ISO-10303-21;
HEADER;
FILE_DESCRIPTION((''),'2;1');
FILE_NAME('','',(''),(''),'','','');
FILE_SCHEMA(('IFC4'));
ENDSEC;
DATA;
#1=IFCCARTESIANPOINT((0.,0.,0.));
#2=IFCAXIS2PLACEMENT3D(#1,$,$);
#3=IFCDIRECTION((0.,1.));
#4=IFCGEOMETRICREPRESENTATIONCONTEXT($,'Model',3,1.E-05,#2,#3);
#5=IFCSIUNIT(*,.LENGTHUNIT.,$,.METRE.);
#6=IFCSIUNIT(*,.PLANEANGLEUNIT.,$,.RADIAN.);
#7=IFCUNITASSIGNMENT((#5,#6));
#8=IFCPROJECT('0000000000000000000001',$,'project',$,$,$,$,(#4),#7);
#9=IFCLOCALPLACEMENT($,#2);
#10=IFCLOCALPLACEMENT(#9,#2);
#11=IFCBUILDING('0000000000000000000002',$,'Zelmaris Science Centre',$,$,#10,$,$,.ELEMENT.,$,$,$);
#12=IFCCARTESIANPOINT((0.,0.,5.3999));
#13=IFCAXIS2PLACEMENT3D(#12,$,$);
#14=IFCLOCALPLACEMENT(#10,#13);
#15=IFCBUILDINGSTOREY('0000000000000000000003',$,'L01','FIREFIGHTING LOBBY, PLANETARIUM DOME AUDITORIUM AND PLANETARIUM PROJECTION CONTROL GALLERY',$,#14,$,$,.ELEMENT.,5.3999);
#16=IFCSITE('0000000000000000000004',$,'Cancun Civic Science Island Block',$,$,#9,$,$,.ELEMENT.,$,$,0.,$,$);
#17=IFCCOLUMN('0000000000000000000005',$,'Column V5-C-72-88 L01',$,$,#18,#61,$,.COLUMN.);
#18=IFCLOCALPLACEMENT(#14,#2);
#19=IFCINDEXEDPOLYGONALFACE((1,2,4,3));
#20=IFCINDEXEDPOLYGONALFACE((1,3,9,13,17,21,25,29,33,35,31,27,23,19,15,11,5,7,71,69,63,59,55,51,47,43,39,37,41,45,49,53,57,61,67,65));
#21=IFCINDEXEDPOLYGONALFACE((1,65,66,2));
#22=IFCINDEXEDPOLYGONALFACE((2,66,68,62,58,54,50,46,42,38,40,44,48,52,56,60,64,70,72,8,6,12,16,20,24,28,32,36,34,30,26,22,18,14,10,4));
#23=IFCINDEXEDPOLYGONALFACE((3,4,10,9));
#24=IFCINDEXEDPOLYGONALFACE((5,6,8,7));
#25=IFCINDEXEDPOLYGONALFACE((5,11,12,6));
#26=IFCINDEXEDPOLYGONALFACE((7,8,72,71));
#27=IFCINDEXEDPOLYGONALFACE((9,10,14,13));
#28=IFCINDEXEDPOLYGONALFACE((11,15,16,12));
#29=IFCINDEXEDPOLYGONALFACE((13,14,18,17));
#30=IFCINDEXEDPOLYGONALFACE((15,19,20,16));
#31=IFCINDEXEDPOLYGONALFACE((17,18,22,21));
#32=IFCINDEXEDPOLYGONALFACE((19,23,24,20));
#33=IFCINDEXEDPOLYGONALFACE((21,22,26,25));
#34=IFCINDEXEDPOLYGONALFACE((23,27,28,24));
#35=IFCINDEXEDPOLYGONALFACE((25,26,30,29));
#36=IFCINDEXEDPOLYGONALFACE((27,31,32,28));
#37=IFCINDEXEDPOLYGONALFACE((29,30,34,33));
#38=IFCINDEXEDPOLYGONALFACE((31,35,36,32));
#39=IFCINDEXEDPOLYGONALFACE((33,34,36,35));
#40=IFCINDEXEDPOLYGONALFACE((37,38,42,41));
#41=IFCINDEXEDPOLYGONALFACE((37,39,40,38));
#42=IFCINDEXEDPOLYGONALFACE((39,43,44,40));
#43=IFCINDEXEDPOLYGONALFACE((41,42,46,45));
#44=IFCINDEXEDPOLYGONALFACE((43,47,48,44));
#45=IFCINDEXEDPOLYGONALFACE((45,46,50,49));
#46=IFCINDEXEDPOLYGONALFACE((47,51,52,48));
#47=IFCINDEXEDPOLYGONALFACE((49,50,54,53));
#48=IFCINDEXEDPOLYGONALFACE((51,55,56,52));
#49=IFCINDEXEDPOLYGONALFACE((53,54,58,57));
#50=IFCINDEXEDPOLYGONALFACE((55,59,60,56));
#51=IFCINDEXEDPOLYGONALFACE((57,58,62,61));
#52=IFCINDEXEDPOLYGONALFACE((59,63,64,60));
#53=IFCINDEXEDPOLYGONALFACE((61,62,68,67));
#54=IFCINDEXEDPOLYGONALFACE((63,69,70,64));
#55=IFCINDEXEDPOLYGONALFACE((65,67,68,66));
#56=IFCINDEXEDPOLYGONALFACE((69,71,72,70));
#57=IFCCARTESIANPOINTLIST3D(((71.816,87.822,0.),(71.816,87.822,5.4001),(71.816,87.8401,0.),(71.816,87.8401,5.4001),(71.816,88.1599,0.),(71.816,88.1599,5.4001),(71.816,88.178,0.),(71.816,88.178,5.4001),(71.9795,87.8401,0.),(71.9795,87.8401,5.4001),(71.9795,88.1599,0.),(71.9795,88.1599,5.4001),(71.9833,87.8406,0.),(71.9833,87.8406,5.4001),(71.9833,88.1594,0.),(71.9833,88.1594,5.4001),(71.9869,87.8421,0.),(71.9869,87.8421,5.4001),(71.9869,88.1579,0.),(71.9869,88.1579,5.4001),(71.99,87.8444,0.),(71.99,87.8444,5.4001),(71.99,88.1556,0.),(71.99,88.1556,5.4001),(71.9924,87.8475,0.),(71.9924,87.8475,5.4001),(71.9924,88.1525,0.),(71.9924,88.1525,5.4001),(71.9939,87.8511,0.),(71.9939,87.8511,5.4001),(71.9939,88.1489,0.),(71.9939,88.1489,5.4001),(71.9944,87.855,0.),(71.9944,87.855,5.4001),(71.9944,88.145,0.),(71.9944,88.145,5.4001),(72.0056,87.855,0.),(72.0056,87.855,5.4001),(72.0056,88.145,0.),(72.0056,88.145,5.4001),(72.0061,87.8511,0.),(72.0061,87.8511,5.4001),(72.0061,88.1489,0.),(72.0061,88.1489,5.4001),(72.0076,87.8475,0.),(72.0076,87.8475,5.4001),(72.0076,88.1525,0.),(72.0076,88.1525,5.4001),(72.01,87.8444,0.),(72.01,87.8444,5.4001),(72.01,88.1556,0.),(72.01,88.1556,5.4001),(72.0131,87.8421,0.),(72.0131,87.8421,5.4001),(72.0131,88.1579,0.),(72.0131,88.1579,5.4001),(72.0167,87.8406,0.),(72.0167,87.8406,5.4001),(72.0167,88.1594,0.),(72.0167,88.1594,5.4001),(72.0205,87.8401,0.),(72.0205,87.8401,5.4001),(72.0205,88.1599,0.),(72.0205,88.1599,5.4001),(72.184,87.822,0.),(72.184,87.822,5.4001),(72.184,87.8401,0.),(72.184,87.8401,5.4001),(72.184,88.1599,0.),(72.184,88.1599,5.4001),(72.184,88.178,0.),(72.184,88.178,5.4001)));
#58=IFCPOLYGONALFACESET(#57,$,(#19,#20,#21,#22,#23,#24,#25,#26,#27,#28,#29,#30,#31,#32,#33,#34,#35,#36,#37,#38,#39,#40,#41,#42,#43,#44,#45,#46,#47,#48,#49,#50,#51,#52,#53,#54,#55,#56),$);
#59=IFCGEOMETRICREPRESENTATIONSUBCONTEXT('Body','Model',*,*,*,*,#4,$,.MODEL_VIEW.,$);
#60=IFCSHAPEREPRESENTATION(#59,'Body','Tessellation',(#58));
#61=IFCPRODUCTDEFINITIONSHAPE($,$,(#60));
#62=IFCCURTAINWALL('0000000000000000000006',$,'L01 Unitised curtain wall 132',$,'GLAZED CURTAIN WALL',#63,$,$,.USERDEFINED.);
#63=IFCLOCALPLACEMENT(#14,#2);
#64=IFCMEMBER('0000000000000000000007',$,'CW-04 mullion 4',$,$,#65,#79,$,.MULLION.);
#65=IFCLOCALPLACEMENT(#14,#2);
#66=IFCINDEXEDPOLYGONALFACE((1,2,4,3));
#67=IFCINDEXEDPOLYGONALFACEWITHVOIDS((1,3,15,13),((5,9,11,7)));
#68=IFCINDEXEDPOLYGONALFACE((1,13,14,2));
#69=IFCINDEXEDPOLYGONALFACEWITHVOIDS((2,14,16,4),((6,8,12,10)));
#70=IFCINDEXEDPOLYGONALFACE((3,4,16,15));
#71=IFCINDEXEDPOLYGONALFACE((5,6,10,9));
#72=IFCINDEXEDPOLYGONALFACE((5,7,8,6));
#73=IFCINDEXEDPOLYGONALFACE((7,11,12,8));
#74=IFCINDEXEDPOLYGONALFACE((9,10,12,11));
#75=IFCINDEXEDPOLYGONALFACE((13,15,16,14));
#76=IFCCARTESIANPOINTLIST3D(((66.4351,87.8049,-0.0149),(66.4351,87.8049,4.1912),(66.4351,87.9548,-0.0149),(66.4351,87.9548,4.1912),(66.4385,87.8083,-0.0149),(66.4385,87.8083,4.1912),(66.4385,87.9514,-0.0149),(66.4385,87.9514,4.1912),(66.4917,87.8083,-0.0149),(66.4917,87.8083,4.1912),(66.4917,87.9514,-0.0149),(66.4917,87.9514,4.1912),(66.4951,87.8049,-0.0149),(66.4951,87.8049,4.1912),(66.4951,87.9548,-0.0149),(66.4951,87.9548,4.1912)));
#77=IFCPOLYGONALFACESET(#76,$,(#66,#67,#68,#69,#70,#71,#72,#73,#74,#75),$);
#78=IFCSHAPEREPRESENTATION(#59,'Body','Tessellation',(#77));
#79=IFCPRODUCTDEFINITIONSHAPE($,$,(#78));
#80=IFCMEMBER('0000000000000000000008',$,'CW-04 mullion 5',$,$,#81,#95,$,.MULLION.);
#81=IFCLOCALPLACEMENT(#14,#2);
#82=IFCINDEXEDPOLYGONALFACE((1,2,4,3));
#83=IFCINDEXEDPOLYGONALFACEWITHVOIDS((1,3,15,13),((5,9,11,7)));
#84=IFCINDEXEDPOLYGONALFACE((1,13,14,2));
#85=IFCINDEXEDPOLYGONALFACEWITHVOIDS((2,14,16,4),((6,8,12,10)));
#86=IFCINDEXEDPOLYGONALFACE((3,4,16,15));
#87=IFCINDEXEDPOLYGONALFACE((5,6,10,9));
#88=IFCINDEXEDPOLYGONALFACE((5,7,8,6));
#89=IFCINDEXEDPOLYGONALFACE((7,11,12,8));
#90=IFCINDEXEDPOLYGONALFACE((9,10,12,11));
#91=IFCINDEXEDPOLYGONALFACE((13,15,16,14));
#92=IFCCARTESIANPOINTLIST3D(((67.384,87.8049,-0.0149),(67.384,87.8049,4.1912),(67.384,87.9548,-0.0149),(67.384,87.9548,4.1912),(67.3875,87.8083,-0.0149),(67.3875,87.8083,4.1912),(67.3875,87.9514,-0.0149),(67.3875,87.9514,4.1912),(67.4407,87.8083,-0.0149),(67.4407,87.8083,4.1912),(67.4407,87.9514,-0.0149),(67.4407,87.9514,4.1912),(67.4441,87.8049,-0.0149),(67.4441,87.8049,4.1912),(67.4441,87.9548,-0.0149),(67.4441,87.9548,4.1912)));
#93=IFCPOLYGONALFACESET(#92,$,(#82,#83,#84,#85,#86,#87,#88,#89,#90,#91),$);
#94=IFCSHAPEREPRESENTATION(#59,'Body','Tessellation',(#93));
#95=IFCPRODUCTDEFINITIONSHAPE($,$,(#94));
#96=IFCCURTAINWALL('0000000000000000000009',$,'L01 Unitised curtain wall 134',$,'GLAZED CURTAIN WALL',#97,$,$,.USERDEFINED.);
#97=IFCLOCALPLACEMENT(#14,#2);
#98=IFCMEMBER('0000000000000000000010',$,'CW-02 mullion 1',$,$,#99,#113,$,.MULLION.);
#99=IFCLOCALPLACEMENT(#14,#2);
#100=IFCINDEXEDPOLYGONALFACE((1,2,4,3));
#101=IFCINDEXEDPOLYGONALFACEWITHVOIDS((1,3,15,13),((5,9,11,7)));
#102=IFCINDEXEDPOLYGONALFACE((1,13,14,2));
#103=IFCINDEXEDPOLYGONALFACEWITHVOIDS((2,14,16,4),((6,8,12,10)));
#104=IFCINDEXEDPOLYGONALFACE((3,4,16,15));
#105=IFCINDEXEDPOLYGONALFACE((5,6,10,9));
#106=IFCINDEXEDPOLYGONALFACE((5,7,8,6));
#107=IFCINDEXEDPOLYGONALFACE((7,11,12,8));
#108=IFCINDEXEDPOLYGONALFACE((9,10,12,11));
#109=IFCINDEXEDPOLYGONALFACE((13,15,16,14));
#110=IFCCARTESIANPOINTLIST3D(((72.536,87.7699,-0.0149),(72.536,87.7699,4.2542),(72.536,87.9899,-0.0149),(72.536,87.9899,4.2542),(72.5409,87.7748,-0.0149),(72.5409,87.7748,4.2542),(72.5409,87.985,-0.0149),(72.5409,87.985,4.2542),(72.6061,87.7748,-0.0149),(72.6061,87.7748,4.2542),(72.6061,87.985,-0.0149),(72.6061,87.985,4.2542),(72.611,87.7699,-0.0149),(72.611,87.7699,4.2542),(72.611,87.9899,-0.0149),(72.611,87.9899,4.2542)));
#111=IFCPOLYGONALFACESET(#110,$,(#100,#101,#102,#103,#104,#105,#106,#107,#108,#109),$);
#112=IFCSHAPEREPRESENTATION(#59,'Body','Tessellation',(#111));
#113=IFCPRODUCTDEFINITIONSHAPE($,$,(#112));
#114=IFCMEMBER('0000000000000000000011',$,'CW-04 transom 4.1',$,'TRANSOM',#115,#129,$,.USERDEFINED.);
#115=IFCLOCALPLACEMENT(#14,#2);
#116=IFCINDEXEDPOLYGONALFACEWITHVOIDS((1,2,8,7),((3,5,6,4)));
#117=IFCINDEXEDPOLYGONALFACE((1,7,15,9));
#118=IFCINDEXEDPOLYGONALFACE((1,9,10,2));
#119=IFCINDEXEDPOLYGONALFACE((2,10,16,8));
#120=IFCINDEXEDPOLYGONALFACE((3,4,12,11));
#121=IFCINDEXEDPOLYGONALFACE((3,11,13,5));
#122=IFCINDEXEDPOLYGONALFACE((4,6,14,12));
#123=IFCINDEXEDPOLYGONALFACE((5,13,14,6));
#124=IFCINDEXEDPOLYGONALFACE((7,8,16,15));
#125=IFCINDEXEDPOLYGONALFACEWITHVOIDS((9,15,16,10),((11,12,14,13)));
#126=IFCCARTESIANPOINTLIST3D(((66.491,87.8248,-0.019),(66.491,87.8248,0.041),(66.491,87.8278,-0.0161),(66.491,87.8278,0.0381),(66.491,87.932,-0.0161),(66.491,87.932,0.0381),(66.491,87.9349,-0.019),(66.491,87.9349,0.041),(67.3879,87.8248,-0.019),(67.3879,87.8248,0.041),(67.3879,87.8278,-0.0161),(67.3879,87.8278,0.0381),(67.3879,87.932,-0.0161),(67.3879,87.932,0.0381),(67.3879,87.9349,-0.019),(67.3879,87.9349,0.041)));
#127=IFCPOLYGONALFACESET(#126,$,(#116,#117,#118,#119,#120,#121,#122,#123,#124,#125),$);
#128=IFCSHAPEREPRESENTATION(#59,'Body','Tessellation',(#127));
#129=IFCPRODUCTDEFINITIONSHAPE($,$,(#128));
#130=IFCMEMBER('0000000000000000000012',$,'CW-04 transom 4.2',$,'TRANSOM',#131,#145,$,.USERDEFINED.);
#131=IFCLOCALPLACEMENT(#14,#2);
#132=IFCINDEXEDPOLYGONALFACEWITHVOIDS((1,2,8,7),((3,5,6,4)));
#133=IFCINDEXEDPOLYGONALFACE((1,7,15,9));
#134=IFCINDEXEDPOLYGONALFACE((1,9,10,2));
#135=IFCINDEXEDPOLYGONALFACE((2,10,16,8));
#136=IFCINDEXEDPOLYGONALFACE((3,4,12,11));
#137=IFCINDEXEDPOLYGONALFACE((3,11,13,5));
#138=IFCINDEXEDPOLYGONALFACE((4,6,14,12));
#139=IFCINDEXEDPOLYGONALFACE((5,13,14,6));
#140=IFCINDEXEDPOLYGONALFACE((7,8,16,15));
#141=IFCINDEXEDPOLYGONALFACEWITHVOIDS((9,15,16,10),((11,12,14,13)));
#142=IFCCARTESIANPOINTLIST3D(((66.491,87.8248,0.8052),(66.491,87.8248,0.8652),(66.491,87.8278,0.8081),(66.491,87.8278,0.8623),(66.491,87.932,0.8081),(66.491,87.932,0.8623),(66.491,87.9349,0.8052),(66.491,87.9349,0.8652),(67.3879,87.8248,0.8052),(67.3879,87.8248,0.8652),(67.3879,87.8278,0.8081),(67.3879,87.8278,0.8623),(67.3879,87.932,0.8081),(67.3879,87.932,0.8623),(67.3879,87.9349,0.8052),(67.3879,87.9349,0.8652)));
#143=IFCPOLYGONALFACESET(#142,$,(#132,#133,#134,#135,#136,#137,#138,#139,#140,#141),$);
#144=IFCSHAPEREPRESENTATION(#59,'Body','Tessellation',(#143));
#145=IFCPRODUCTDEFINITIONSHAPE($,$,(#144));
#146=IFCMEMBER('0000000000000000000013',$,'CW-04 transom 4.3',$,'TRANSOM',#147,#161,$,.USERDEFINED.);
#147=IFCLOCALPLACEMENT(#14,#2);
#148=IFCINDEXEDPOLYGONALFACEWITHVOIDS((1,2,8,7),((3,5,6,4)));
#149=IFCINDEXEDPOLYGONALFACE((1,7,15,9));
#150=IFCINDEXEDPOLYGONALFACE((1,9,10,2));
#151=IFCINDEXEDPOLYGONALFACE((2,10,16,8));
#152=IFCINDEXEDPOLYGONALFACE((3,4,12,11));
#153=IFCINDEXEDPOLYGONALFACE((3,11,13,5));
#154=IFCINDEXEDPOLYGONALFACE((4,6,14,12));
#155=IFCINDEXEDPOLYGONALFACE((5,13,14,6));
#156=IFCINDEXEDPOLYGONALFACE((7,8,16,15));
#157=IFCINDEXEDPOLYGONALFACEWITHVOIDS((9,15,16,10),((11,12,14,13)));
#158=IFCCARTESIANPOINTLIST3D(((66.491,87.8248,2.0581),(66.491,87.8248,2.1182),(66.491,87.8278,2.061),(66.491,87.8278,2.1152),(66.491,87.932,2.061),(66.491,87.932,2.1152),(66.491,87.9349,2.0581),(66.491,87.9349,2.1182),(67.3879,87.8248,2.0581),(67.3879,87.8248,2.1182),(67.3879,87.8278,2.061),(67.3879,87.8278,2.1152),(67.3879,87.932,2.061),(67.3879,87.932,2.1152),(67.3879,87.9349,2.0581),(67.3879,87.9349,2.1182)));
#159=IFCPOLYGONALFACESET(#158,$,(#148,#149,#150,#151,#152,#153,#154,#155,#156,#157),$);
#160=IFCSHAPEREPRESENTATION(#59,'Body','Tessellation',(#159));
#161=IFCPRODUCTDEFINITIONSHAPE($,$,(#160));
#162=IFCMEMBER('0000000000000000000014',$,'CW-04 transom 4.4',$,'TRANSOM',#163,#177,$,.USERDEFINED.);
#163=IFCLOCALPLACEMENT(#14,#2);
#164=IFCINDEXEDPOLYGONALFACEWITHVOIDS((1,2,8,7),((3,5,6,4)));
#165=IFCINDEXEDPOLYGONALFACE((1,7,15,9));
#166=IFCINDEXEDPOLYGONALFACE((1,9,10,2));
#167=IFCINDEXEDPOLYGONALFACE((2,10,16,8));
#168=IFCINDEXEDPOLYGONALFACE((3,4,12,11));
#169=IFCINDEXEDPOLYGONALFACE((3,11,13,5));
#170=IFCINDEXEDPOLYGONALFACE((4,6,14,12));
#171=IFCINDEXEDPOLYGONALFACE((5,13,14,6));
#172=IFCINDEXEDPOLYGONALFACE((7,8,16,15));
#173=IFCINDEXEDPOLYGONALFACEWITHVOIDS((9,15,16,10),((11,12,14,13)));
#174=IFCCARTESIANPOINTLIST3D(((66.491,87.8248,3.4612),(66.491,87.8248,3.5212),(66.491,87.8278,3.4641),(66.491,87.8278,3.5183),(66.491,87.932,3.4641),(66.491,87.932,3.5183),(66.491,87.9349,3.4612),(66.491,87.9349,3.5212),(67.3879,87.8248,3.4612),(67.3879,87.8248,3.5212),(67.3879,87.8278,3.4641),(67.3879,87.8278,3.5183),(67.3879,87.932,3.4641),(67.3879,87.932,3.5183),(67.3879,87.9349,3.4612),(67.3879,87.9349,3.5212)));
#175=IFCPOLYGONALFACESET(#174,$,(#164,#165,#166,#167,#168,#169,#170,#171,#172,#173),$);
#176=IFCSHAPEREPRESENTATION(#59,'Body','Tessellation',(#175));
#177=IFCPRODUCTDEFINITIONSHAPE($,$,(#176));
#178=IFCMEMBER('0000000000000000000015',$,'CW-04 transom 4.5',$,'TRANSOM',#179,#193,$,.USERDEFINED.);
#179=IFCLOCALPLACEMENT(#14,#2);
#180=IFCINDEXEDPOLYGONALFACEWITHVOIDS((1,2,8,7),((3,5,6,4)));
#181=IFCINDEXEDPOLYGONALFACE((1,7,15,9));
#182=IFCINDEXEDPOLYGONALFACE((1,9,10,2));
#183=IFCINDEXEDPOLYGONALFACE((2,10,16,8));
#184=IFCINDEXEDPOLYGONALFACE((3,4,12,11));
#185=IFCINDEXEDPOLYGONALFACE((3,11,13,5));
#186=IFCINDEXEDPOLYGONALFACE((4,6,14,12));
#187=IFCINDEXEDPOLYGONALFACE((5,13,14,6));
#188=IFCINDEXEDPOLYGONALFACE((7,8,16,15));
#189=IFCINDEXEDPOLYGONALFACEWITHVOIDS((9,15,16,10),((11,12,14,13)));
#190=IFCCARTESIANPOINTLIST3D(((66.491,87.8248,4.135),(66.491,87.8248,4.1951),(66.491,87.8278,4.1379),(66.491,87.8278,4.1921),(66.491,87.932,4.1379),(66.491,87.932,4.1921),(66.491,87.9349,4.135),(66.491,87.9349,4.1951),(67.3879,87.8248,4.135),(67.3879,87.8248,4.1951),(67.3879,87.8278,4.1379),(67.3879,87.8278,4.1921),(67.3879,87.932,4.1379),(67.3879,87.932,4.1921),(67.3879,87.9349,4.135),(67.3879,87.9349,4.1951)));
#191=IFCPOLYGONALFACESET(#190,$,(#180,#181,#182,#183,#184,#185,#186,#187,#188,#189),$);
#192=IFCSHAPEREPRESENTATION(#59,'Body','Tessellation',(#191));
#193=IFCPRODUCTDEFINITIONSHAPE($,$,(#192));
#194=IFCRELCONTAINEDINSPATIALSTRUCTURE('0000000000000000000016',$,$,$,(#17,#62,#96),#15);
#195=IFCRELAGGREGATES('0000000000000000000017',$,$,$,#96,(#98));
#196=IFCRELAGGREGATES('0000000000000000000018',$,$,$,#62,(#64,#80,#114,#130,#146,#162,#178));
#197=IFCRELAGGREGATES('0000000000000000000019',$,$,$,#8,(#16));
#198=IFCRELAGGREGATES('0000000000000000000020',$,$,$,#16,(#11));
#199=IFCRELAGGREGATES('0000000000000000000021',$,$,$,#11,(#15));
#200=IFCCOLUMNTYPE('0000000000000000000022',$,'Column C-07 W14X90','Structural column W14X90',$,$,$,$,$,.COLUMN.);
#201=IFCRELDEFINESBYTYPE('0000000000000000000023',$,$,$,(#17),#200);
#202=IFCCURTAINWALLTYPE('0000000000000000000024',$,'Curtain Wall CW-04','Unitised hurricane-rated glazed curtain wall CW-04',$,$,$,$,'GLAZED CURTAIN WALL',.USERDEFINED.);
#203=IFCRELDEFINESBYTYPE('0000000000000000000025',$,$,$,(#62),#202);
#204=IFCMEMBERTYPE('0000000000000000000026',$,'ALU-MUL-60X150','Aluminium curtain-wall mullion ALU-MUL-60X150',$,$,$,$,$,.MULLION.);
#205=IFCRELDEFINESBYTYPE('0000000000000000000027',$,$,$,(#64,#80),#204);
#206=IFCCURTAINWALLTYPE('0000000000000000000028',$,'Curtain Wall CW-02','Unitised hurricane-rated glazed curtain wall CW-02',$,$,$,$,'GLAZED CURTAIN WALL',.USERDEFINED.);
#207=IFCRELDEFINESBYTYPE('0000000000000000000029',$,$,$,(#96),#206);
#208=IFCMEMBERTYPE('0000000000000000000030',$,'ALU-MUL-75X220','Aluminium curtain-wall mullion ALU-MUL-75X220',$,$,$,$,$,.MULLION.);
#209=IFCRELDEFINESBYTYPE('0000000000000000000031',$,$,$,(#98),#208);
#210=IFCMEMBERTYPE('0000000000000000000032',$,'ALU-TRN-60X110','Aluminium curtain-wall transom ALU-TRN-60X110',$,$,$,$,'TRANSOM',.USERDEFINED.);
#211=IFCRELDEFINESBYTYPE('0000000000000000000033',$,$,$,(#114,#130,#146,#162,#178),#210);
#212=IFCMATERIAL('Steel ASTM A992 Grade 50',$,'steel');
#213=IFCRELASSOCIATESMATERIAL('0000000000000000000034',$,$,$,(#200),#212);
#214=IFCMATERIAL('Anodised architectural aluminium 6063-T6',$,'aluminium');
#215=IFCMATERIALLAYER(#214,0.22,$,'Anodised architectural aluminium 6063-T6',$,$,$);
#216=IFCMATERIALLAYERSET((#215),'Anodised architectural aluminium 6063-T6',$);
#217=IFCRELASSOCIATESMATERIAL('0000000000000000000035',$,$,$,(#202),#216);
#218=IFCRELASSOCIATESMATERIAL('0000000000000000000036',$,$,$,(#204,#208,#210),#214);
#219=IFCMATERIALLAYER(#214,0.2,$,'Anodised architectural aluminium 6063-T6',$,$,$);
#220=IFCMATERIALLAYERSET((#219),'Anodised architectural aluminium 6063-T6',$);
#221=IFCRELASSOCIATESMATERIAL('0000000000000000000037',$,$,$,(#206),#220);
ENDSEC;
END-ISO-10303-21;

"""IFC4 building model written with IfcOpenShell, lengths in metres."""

from ifc_helpers import new_model, si_unit, direction, frame, origin, origin_2d, place, context, subcontext, project, spatial, hollow_rectangle, i_section, extrude, material, layer, layer_set, material_profile, profile_set, type_object, element, aggregate, save


model = new_model("IFC4")

# Units and contexts
model_context = context("Model", 3, precision=1e-05, world=origin(), true_north=direction((0.0, 1.0)))
body_context = subcontext(model_context, "Body", "Model", "MODEL_VIEW")
ifc_project = project(units=[si_unit("LENGTHUNIT", "METRE"), si_unit("PLANEANGLEUNIT", "RADIAN")], contexts=[model_context])

# Site, building, storey
site_placement = place(None, origin())
site = spatial("IfcSite", under=ifc_project, at=site_placement, Name="Cancun Civic Science Island Block", CompositionType="ELEMENT", RefElevation=0.0)
building_placement = place(site_placement, origin())
building = spatial("IfcBuilding", under=site, at=building_placement, Name="Zelmaris Science Centre", CompositionType="ELEMENT")
storey_placement = place(building_placement, frame((0.0, 0.0, 5.3999)))
storey = spatial("IfcBuildingStorey", under=building, at=storey_placement, Name="L01", Description="FIREFIGHTING LOBBY, PLANETARIUM DOME AUDITORIUM AND PLANETARIUM PROJECTION CONTROL GALLERY", CompositionType="ELEMENT", Elevation=5.3999)

# Column
ifc_material_1 = material(Name="Steel ASTM A992 Grade 50", Category="steel")
ifc_material_profile_1 = material_profile(ifc_material_1, i_section(OverallWidth=0.3679, OverallDepth=0.356, WebThickness=0.0112, FlangeThickness=0.0181, FilletRadius=0.0149, at=origin_2d()), Name="W14X90")
ifc_profile_set_1 = profile_set([ifc_material_profile_1], Name="Steel ASTM A992 Grade 50")
column_type = type_object("IfcColumnType", Name="Column C-07 W14X90", Description="Structural column W14X90", PredefinedType="COLUMN", material=ifc_profile_set_1)
column_placement = place(storey_placement, frame((72.0, 88.0, 0.0), z_axis=(0.0, 0.0, 1.0), x_axis=(1.0, 0.0, 0.0)))
element("IfcColumn", 1, at=column_placement, inside=storey, type_object=column_type, Name="Column V5-C-72-88 L01", PredefinedType="COLUMN", context=body_context, shape_type="SweptSolid", body=[
    extrude(i_section(OverallWidth=0.3679, OverallDepth=0.356, WebThickness=0.0112, FlangeThickness=0.0181, FilletRadius=0.0149, at=origin_2d()), origin(), (0.0, 0.0, 1.0), 5.4001),
])

# Curtain wall, members
ifc_material_2 = material(Name="Anodised architectural aluminium 6063-T6", Category="aluminium")
ifc_layer_1 = layer(ifc_material_2, 0.22, Name="Anodised architectural aluminium 6063-T6")
ifc_layer_set_1 = layer_set([ifc_layer_1], Name="Anodised architectural aluminium 6063-T6")
curtain_wall_type_1 = type_object("IfcCurtainWallType", Name="Curtain Wall CW-04", Description="Unitised hurricane-rated glazed curtain wall CW-04", ElementType="GLAZED CURTAIN WALL", PredefinedType="USERDEFINED", material=ifc_layer_set_1)
curtain_wall_1_placement = place(storey_placement, origin())
curtain_wall_1 = element("IfcCurtainWall", 2, at=curtain_wall_1_placement, inside=storey, type_object=curtain_wall_type_1, Name="L01 Unitised curtain wall 132", ObjectType="GLAZED CURTAIN WALL", PredefinedType="USERDEFINED")
ifc_material_profile_2 = material_profile(ifc_material_2, hollow_rectangle(XDim=0.0601, YDim=0.1499, WallThickness=0.0034, at=origin_2d()), Name="ALU-MUL-60X150")
ifc_profile_set_2 = profile_set([ifc_material_profile_2], Name="Anodised architectural aluminium 6063-T6")
member_type_1 = type_object("IfcMemberType", Name="ALU-MUL-60X150", Description="Aluminium curtain-wall mullion ALU-MUL-60X150", PredefinedType="MULLION", material=ifc_profile_set_2)
member_1_placement = place(storey_placement, frame((66.4651, 87.8799, -0.0149), z_axis=(0.0, 0.0, 1.0), x_axis=(1.0, 0.0, 0.0)))
member_1 = element("IfcMember", 3, at=member_1_placement, type_object=member_type_1, Name="CW-04 mullion 4", PredefinedType="MULLION", context=body_context, shape_type="SweptSolid", body=[
    extrude(hollow_rectangle(XDim=0.0601, YDim=0.1499, WallThickness=0.0034, at=origin_2d()), origin(), (0.0, 0.0, 1.0), 4.2061),
])
member_2_placement = place(storey_placement, frame((67.4141, 87.8799, -0.0149), z_axis=(0.0, 0.0, 1.0), x_axis=(1.0, 0.0, 0.0)))
member_2 = element("IfcMember", 4, at=member_2_placement, type_object=member_type_1, Name="CW-04 mullion 5", PredefinedType="MULLION", context=body_context, shape_type="SweptSolid", body=[
    extrude(hollow_rectangle(XDim=0.0601, YDim=0.1499, WallThickness=0.0034, at=origin_2d()), origin(), (0.0, 0.0, 1.0), 4.2061),
])

# Curtain wall, member
ifc_layer_2 = layer(ifc_material_2, 0.2, Name="Anodised architectural aluminium 6063-T6")
ifc_layer_set_2 = layer_set([ifc_layer_2], Name="Anodised architectural aluminium 6063-T6")
curtain_wall_type_2 = type_object("IfcCurtainWallType", Name="Curtain Wall CW-02", Description="Unitised hurricane-rated glazed curtain wall CW-02", ElementType="GLAZED CURTAIN WALL", PredefinedType="USERDEFINED", material=ifc_layer_set_2)
curtain_wall_2_placement = place(storey_placement, origin())
curtain_wall_2 = element("IfcCurtainWall", 5, at=curtain_wall_2_placement, inside=storey, type_object=curtain_wall_type_2, Name="L01 Unitised curtain wall 134", ObjectType="GLAZED CURTAIN WALL", PredefinedType="USERDEFINED")
ifc_material_profile_3 = material_profile(ifc_material_2, hollow_rectangle(XDim=0.075, YDim=0.22, WallThickness=0.0049, at=origin_2d()), Name="ALU-MUL-75X220")
ifc_profile_set_3 = profile_set([ifc_material_profile_3], Name="Anodised architectural aluminium 6063-T6")
member_type_2 = type_object("IfcMemberType", Name="ALU-MUL-75X220", Description="Aluminium curtain-wall mullion ALU-MUL-75X220", PredefinedType="MULLION", material=ifc_profile_set_3)
member_3_placement = place(storey_placement, frame((72.5735, 87.8799, -0.0149), z_axis=(0.0, 0.0, 1.0), x_axis=(1.0, 0.0, 0.0)))
member_3 = element("IfcMember", 6, at=member_3_placement, type_object=member_type_2, Name="CW-02 mullion 1", PredefinedType="MULLION", context=body_context, shape_type="SweptSolid", body=[
    extrude(hollow_rectangle(XDim=0.075, YDim=0.22, WallThickness=0.0049, at=origin_2d()), origin(), (0.0, 0.0, 1.0), 4.269),
])

# Members
ifc_material_profile_4 = material_profile(ifc_material_2, hollow_rectangle(XDim=0.0601, YDim=0.1101, WallThickness=0.0029, at=origin_2d()), Name="ALU-TRN-60X110")
ifc_profile_set_4 = profile_set([ifc_material_profile_4], Name="Anodised architectural aluminium 6063-T6")
member_type_3 = type_object("IfcMemberType", Name="ALU-TRN-60X110", Description="Aluminium curtain-wall transom ALU-TRN-60X110", ElementType="TRANSOM", PredefinedType="USERDEFINED", material=ifc_profile_set_4)
member_4_placement = place(storey_placement, frame((66.491, 87.8799, 0.011), z_axis=(1.0, 0.0, 0.0), x_axis=(0.0, 0.0, 1.0)))
member_4 = element("IfcMember", 7, at=member_4_placement, type_object=member_type_3, Name="CW-04 transom 4.1", ObjectType="TRANSOM", PredefinedType="USERDEFINED", context=body_context, shape_type="SweptSolid", body=[
    extrude(hollow_rectangle(XDim=0.0601, YDim=0.1101, WallThickness=0.0029, at=origin_2d()), origin(), (0.0, 0.0, 1.0), 0.897),
])
member_5_placement = place(storey_placement, frame((66.491, 87.8799, 0.8352), z_axis=(1.0, 0.0, 0.0), x_axis=(0.0, 0.0, 1.0)))
member_5 = element("IfcMember", 8, at=member_5_placement, type_object=member_type_3, Name="CW-04 transom 4.2", ObjectType="TRANSOM", PredefinedType="USERDEFINED", context=body_context, shape_type="SweptSolid", body=[
    extrude(hollow_rectangle(XDim=0.0601, YDim=0.1101, WallThickness=0.0029, at=origin_2d()), origin(), (0.0, 0.0, 1.0), 0.897),
])
member_6_placement = place(storey_placement, frame((66.491, 87.8799, 2.0881), z_axis=(1.0, 0.0, 0.0), x_axis=(0.0, 0.0, 1.0)))
member_6 = element("IfcMember", 9, at=member_6_placement, type_object=member_type_3, Name="CW-04 transom 4.3", ObjectType="TRANSOM", PredefinedType="USERDEFINED", context=body_context, shape_type="SweptSolid", body=[
    extrude(hollow_rectangle(XDim=0.0601, YDim=0.1101, WallThickness=0.0029, at=origin_2d()), origin(), (0.0, 0.0, 1.0), 0.897),
])
member_7_placement = place(storey_placement, frame((66.491, 87.8799, 3.4912), z_axis=(1.0, 0.0, 0.0), x_axis=(0.0, 0.0, 1.0)))
member_7 = element("IfcMember", 10, at=member_7_placement, type_object=member_type_3, Name="CW-04 transom 4.4", ObjectType="TRANSOM", PredefinedType="USERDEFINED", context=body_context, shape_type="SweptSolid", body=[
    extrude(hollow_rectangle(XDim=0.0601, YDim=0.1101, WallThickness=0.0029, at=origin_2d()), origin(), (0.0, 0.0, 1.0), 0.897),
])
member_8_placement = place(storey_placement, frame((66.491, 87.8799, 4.165), z_axis=(1.0, 0.0, 0.0), x_axis=(0.0, 0.0, 1.0)))
member_8 = element("IfcMember", 11, at=member_8_placement, type_object=member_type_3, Name="CW-04 transom 4.5", ObjectType="TRANSOM", PredefinedType="USERDEFINED", context=body_context, shape_type="SweptSolid", body=[
    extrude(hollow_rectangle(XDim=0.0601, YDim=0.1101, WallThickness=0.0029, at=origin_2d()), origin(), (0.0, 0.0, 1.0), 0.897),
])
aggregate(curtain_wall_2, [member_3])

aggregate(curtain_wall_1, [member_1, member_2, member_4, member_5, member_6, member_7, member_8])

save(model, "model.ifc")
